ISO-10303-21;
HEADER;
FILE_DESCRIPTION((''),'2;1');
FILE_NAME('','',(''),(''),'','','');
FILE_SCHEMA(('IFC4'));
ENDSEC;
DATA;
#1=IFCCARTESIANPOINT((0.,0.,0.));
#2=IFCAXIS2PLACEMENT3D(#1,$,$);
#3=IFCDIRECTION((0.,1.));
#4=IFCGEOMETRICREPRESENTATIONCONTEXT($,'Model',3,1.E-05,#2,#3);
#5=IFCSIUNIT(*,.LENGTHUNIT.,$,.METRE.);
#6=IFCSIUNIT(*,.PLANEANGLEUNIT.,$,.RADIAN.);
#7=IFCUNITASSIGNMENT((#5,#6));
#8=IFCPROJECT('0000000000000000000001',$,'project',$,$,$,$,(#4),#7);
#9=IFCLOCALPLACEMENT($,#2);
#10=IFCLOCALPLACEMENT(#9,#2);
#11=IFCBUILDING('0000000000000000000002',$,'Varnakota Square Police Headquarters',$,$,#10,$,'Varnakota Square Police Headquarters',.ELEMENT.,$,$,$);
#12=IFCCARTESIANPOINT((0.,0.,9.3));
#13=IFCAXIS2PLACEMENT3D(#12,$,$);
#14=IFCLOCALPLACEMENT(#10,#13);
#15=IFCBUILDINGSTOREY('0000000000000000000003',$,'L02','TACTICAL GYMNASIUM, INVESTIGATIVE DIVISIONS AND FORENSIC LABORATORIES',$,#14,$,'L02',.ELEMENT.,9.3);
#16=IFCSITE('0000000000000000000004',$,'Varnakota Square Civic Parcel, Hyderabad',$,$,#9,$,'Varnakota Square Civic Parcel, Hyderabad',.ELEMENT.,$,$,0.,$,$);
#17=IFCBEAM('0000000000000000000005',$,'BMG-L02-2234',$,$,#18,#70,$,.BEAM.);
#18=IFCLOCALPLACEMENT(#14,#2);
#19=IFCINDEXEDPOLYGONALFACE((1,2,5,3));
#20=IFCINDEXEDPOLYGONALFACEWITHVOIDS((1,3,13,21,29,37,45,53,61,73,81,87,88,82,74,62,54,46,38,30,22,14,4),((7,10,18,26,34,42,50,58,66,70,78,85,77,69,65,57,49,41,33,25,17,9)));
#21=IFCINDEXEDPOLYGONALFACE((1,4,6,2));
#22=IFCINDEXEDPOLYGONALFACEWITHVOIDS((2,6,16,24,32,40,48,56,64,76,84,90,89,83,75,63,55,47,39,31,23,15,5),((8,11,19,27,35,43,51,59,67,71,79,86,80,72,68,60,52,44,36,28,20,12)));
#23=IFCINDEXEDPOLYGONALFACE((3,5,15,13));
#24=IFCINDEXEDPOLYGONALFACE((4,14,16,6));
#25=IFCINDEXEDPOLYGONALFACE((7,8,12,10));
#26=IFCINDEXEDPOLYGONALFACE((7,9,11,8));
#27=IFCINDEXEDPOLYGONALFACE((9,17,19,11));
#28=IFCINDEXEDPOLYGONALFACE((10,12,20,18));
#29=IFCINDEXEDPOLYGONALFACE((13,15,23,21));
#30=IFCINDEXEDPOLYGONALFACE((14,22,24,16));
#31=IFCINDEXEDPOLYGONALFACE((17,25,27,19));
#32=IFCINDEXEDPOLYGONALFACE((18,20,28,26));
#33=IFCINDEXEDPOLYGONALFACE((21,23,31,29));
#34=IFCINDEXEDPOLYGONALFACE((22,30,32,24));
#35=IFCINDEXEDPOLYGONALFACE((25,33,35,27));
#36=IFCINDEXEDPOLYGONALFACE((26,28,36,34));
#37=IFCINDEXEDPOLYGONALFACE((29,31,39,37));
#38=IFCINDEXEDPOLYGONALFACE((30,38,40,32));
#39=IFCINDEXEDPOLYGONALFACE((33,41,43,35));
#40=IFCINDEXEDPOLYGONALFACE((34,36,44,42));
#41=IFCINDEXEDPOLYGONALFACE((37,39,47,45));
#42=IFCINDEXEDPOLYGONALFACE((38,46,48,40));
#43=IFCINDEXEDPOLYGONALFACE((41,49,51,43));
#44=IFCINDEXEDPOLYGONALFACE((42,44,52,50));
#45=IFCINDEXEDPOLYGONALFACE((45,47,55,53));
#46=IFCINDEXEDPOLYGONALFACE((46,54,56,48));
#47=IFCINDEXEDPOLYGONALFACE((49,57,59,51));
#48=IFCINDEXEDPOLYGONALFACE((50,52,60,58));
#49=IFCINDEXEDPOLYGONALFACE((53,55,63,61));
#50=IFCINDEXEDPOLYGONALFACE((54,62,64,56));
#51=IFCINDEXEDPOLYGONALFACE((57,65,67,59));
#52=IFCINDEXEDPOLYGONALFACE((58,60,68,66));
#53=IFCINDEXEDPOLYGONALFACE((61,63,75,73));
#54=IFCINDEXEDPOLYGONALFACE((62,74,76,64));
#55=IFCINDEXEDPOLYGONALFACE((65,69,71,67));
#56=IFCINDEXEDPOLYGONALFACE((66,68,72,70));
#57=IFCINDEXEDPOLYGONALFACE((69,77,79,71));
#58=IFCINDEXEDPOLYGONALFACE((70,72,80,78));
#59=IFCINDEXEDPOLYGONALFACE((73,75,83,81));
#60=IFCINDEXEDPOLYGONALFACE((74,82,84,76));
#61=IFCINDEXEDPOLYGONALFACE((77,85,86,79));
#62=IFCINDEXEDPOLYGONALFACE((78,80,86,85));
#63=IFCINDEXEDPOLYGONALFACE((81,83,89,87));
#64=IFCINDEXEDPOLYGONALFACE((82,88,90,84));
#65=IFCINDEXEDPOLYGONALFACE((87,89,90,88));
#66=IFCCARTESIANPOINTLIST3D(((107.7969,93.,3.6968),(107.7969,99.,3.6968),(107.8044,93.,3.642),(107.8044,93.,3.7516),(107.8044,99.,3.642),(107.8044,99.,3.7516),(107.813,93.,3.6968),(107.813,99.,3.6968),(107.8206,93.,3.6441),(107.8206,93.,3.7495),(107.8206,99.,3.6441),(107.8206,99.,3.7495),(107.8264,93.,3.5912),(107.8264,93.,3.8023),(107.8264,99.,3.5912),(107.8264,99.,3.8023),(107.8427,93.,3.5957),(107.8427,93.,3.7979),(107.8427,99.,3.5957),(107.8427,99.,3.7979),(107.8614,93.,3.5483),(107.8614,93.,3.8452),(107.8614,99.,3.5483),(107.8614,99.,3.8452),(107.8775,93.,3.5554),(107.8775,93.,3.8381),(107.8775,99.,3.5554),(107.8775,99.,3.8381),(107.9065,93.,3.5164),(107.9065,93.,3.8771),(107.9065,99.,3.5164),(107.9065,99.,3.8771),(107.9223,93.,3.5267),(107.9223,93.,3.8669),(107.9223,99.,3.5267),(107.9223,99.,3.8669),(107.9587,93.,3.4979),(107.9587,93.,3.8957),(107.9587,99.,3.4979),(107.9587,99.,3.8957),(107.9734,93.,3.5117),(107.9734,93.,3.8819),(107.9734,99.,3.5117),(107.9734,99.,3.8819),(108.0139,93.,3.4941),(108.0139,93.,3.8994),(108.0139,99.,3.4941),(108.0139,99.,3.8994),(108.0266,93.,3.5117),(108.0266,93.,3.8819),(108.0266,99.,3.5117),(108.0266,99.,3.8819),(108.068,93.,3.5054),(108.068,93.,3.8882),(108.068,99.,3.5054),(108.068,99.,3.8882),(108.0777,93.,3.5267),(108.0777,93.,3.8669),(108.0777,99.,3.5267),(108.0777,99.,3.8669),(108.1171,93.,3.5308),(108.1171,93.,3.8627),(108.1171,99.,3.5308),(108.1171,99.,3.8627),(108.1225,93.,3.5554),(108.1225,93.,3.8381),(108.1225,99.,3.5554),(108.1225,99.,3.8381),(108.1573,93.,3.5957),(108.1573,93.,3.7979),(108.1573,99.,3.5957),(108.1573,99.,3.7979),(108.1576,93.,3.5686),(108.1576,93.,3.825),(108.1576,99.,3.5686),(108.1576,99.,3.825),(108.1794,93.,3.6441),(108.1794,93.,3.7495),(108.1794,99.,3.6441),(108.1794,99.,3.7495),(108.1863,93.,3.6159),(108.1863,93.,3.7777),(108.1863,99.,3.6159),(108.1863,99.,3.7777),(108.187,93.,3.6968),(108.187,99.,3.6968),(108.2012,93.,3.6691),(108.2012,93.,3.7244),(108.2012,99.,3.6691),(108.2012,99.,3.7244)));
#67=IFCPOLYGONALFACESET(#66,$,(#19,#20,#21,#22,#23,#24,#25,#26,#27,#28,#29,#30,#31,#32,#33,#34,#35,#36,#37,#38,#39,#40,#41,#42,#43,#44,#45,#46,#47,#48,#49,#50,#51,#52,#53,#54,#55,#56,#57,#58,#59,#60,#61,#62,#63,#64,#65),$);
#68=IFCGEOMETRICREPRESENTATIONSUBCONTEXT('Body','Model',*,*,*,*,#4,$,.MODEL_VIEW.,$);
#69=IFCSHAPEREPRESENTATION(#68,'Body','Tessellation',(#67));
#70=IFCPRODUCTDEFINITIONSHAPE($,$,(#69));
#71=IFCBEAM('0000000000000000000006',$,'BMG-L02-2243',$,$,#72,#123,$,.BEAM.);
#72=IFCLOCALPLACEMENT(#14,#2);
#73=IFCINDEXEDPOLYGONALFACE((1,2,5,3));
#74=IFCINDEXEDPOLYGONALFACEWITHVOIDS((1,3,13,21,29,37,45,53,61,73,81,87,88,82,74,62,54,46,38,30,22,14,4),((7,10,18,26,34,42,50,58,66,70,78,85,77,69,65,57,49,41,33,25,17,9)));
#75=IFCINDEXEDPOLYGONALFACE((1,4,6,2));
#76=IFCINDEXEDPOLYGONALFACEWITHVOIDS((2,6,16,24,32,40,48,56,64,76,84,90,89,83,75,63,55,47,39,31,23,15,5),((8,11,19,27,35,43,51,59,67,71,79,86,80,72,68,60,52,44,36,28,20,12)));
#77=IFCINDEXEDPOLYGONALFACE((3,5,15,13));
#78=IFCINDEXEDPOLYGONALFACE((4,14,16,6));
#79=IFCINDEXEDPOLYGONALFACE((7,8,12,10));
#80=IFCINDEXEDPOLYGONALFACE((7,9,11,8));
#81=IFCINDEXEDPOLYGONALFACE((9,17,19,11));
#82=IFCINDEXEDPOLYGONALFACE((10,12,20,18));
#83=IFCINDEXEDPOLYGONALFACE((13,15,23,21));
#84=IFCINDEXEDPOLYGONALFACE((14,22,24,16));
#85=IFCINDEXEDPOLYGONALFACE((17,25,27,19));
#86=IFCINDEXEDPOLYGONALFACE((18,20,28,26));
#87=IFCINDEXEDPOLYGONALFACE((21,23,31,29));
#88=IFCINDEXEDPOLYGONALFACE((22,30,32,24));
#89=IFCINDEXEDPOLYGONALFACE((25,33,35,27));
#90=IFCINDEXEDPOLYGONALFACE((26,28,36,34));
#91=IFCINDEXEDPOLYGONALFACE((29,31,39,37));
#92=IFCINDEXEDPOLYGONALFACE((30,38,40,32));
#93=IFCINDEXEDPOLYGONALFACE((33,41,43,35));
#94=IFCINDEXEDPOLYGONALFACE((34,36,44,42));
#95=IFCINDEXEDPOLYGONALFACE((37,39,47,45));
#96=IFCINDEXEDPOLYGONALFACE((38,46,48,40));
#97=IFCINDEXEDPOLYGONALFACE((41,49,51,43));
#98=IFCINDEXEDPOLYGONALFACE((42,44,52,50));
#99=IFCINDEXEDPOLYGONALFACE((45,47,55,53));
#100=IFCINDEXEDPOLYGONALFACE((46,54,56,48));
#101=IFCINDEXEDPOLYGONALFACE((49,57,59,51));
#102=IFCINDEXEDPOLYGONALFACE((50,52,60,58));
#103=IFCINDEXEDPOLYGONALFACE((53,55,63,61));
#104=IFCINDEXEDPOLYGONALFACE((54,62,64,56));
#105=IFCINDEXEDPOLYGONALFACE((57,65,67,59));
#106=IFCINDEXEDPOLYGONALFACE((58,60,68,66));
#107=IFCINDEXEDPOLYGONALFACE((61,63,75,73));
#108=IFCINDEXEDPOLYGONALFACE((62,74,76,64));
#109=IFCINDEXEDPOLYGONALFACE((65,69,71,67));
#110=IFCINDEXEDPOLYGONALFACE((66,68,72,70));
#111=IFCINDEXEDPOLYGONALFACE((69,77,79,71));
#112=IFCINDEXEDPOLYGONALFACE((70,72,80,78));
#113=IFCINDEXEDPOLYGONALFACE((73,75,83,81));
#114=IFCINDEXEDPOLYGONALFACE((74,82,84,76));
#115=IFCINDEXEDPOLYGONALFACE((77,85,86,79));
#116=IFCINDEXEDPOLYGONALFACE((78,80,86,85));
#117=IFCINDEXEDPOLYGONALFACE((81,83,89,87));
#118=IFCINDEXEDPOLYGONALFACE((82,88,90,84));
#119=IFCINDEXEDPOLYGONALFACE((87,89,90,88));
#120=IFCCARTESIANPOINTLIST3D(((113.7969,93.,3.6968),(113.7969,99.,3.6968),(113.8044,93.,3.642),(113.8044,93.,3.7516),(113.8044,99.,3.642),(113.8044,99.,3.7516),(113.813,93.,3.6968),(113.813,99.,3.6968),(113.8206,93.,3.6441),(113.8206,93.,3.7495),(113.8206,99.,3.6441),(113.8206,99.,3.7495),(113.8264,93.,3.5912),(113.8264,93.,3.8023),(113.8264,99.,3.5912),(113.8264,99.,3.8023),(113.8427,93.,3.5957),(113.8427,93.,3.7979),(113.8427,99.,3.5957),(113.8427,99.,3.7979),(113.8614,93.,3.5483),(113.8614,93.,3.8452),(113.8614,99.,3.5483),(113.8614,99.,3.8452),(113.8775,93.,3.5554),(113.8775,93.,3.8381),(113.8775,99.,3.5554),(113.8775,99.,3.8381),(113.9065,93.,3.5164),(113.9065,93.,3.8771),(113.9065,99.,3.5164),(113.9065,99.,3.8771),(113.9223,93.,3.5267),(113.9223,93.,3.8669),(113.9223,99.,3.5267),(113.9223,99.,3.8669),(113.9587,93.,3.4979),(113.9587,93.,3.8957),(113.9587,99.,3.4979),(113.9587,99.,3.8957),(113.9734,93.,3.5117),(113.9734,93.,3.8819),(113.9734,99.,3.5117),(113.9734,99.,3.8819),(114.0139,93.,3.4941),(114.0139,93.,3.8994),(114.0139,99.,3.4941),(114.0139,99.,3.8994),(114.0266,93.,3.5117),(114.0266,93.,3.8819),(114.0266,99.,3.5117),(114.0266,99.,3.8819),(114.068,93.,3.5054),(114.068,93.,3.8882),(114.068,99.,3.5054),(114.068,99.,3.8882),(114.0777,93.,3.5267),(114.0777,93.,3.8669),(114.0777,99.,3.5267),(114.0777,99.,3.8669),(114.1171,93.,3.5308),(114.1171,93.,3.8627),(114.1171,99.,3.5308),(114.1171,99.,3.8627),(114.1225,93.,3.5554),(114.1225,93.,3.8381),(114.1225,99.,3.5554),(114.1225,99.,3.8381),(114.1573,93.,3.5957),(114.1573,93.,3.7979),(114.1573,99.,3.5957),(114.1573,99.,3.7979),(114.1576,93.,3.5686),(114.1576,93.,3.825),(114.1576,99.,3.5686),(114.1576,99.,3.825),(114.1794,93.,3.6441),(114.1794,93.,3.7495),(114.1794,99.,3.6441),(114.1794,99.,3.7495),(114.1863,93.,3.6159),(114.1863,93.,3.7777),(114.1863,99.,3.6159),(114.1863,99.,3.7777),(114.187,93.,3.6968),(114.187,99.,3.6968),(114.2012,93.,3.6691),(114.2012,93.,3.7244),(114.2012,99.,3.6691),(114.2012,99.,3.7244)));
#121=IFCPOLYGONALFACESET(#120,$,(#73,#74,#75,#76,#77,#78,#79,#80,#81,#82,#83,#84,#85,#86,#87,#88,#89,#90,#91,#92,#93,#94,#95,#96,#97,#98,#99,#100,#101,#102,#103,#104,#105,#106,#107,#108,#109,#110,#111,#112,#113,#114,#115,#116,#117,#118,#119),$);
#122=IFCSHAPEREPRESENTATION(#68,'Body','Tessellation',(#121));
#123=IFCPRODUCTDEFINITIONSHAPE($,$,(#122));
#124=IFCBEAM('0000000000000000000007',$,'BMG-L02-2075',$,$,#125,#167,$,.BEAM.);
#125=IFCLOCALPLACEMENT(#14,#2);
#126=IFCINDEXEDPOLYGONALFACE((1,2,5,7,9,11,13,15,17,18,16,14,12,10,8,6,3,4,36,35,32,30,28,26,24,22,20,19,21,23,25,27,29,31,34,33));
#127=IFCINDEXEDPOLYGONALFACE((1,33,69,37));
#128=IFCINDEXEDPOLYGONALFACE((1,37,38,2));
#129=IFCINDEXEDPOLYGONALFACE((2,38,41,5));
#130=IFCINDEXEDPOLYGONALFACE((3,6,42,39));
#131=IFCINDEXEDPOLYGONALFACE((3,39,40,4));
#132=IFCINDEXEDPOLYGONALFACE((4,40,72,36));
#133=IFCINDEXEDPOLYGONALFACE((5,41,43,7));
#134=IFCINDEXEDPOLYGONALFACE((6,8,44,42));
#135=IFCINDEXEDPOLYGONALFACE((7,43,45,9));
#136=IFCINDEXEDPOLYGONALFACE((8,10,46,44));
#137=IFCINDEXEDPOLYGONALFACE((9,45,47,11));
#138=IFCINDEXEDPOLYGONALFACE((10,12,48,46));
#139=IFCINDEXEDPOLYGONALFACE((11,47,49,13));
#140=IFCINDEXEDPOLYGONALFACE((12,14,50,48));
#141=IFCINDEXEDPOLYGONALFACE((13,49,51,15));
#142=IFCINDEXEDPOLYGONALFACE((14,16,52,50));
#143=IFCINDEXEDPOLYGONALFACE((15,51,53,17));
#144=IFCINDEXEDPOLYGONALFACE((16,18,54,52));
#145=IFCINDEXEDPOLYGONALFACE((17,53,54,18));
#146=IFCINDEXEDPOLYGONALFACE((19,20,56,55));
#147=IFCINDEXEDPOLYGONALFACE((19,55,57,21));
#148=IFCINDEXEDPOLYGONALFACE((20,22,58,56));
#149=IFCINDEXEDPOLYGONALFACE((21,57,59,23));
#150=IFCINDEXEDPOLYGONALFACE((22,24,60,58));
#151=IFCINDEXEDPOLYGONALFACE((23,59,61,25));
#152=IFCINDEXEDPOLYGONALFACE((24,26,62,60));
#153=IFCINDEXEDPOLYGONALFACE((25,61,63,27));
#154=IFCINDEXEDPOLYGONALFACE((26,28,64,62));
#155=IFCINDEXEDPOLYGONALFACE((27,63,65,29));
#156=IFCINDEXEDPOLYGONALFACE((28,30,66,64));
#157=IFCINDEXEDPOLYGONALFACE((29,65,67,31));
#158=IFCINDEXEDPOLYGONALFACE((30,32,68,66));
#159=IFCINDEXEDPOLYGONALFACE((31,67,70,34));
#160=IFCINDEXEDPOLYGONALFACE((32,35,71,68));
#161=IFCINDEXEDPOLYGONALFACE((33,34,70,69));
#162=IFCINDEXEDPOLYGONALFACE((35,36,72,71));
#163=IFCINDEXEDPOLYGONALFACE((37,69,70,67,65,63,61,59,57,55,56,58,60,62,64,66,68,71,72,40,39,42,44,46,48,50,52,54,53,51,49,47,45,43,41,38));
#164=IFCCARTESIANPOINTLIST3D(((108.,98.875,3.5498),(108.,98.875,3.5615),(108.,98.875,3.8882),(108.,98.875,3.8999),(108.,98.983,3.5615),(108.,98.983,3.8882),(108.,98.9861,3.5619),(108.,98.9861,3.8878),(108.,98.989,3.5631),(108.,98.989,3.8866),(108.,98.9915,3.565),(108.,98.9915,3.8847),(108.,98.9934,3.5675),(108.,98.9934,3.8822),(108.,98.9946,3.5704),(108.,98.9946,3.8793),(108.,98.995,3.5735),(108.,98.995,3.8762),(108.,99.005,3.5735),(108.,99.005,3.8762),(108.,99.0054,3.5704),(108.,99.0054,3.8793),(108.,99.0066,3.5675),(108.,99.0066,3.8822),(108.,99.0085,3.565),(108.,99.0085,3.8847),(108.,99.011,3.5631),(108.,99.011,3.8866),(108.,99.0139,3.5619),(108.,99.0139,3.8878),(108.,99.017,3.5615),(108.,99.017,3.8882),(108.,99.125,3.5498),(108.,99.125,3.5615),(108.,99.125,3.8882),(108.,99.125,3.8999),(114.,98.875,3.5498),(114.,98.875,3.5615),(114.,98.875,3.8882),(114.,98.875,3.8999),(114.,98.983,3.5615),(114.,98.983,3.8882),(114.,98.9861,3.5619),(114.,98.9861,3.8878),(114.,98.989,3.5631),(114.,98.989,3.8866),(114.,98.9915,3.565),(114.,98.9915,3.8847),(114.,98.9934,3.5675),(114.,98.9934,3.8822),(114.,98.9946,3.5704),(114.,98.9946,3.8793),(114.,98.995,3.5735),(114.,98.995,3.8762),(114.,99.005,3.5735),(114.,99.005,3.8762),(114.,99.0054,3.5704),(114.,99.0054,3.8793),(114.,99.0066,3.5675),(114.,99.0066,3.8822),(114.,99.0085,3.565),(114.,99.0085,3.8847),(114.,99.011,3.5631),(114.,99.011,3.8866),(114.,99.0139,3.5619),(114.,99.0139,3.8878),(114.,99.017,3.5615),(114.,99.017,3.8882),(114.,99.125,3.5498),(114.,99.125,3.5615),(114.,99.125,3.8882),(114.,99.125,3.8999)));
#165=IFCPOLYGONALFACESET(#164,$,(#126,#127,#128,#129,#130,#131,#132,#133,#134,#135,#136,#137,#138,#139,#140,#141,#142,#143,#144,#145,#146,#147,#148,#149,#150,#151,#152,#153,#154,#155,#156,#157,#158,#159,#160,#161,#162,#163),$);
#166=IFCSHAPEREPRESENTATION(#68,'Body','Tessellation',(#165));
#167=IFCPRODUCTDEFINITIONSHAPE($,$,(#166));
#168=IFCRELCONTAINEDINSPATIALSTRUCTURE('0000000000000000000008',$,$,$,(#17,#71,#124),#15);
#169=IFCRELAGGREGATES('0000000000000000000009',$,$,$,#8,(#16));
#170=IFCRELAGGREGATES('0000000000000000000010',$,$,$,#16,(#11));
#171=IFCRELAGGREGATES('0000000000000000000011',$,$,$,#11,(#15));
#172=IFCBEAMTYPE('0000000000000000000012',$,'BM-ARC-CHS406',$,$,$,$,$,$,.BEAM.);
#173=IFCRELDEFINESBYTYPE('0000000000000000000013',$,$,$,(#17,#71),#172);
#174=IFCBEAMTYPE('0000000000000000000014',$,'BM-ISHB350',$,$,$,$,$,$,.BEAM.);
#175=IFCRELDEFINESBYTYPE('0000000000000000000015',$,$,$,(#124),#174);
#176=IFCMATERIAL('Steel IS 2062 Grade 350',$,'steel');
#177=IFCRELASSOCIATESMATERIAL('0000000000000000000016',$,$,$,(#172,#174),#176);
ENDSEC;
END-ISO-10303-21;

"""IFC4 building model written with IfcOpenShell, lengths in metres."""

from ifc_helpers import new_model, si_unit, direction, frame, origin, origin_2d, place, context, subcontext, project, spatial, hollow_circle, i_section, extrude, material, material_profile, profile_set, type_object, element, save


model = new_model("IFC4")

# Units and contexts
model_context = context("Model", 3, precision=1e-05, world=origin(), true_north=direction((0.0, 1.0)))
body_context = subcontext(model_context, "Body", "Model", "MODEL_VIEW")
ifc_project = project(units=[si_unit("LENGTHUNIT", "METRE"), si_unit("PLANEANGLEUNIT", "RADIAN")], contexts=[model_context])

# Site, building, storey
site_placement = place(None, origin())
site = spatial("IfcSite", under=ifc_project, at=site_placement, Name="Varnakota Square Civic Parcel, Hyderabad", LongName="Varnakota Square Civic Parcel, Hyderabad", CompositionType="ELEMENT", RefElevation=0.0)
building_placement = place(site_placement, origin())
building = spatial("IfcBuilding", under=site, at=building_placement, Name="Varnakota Square Police Headquarters", LongName="Varnakota Square Police Headquarters", CompositionType="ELEMENT")
storey_placement = place(building_placement, frame((0.0, 0.0, 9.3)))
storey = spatial("IfcBuildingStorey", under=building, at=storey_placement, Name="L02", Description="TACTICAL GYMNASIUM, INVESTIGATIVE DIVISIONS AND FORENSIC LABORATORIES", LongName="L02", CompositionType="ELEMENT", Elevation=9.3)

# Shared definitions
ifc_material_1 = material(Name="Steel IS 2062 Grade 350", Category="steel")

# Beams
ifc_material_profile_1 = material_profile(ifc_material_1, hollow_circle(Radius=0.2031, WallThickness=0.0161, at=origin_2d()), Name="CHS 406.4x16.0")
ifc_profile_set_1 = profile_set([ifc_material_profile_1], Name="Steel IS 2062 Grade 350")
beam_type_1 = type_object("IfcBeamType", Name="BM-ARC-CHS406", PredefinedType="BEAM", material=ifc_profile_set_1)
for number, where, z_axis, x_axis, name in (
    (1, (108.0, 93.0, 3.6968), (0.0, 1.0, 0.0), (-1.0, 0.0, 0.0), "BMG-L02-2234"),
    (2, (114.0, 93.0, 3.6968), (0.0, 1.0, 0.0), (-1.0, 0.0, 0.0), "BMG-L02-2243"),
):
    element("IfcBeam", number, at=place(storey_placement, frame(where, z_axis=z_axis, x_axis=x_axis)), inside=storey, type_object=beam_type_1, Name=name, PredefinedType="BEAM", context=body_context, shape_type="SweptSolid", body=[
        extrude(hollow_circle(Radius=0.2031, WallThickness=0.0161, at=origin_2d()), origin(), (0.0, 0.0, 1.0), 6.0),
    ])
ifc_material_profile_2 = material_profile(ifc_material_1, i_section(OverallWidth=0.25, OverallDepth=0.3501, WebThickness=0.01, FlangeThickness=0.0117, FilletRadius=0.012, at=origin_2d()), Name="ISHB 350")
ifc_profile_set_2 = profile_set([ifc_material_profile_2], Name="Steel IS 2062 Grade 350")
beam_type_2 = type_object("IfcBeamType", Name="BM-ISHB350", PredefinedType="BEAM", material=ifc_profile_set_2)
beam_1_placement = place(storey_placement, frame((108.0, 99.0, 3.7249), z_axis=(1.0, 0.0, 0.0), x_axis=(0.0, 1.0, 0.0)))
element("IfcBeam", 3, at=beam_1_placement, inside=storey, type_object=beam_type_2, Name="BMG-L02-2075", PredefinedType="BEAM", context=body_context, shape_type="SweptSolid", body=[
    extrude(i_section(OverallWidth=0.25, OverallDepth=0.3501, WebThickness=0.01, FlangeThickness=0.0117, FilletRadius=0.012, at=origin_2d()), origin(), (0.0, 0.0, 1.0), 6.0),
])

save(model, "model.ifc")
